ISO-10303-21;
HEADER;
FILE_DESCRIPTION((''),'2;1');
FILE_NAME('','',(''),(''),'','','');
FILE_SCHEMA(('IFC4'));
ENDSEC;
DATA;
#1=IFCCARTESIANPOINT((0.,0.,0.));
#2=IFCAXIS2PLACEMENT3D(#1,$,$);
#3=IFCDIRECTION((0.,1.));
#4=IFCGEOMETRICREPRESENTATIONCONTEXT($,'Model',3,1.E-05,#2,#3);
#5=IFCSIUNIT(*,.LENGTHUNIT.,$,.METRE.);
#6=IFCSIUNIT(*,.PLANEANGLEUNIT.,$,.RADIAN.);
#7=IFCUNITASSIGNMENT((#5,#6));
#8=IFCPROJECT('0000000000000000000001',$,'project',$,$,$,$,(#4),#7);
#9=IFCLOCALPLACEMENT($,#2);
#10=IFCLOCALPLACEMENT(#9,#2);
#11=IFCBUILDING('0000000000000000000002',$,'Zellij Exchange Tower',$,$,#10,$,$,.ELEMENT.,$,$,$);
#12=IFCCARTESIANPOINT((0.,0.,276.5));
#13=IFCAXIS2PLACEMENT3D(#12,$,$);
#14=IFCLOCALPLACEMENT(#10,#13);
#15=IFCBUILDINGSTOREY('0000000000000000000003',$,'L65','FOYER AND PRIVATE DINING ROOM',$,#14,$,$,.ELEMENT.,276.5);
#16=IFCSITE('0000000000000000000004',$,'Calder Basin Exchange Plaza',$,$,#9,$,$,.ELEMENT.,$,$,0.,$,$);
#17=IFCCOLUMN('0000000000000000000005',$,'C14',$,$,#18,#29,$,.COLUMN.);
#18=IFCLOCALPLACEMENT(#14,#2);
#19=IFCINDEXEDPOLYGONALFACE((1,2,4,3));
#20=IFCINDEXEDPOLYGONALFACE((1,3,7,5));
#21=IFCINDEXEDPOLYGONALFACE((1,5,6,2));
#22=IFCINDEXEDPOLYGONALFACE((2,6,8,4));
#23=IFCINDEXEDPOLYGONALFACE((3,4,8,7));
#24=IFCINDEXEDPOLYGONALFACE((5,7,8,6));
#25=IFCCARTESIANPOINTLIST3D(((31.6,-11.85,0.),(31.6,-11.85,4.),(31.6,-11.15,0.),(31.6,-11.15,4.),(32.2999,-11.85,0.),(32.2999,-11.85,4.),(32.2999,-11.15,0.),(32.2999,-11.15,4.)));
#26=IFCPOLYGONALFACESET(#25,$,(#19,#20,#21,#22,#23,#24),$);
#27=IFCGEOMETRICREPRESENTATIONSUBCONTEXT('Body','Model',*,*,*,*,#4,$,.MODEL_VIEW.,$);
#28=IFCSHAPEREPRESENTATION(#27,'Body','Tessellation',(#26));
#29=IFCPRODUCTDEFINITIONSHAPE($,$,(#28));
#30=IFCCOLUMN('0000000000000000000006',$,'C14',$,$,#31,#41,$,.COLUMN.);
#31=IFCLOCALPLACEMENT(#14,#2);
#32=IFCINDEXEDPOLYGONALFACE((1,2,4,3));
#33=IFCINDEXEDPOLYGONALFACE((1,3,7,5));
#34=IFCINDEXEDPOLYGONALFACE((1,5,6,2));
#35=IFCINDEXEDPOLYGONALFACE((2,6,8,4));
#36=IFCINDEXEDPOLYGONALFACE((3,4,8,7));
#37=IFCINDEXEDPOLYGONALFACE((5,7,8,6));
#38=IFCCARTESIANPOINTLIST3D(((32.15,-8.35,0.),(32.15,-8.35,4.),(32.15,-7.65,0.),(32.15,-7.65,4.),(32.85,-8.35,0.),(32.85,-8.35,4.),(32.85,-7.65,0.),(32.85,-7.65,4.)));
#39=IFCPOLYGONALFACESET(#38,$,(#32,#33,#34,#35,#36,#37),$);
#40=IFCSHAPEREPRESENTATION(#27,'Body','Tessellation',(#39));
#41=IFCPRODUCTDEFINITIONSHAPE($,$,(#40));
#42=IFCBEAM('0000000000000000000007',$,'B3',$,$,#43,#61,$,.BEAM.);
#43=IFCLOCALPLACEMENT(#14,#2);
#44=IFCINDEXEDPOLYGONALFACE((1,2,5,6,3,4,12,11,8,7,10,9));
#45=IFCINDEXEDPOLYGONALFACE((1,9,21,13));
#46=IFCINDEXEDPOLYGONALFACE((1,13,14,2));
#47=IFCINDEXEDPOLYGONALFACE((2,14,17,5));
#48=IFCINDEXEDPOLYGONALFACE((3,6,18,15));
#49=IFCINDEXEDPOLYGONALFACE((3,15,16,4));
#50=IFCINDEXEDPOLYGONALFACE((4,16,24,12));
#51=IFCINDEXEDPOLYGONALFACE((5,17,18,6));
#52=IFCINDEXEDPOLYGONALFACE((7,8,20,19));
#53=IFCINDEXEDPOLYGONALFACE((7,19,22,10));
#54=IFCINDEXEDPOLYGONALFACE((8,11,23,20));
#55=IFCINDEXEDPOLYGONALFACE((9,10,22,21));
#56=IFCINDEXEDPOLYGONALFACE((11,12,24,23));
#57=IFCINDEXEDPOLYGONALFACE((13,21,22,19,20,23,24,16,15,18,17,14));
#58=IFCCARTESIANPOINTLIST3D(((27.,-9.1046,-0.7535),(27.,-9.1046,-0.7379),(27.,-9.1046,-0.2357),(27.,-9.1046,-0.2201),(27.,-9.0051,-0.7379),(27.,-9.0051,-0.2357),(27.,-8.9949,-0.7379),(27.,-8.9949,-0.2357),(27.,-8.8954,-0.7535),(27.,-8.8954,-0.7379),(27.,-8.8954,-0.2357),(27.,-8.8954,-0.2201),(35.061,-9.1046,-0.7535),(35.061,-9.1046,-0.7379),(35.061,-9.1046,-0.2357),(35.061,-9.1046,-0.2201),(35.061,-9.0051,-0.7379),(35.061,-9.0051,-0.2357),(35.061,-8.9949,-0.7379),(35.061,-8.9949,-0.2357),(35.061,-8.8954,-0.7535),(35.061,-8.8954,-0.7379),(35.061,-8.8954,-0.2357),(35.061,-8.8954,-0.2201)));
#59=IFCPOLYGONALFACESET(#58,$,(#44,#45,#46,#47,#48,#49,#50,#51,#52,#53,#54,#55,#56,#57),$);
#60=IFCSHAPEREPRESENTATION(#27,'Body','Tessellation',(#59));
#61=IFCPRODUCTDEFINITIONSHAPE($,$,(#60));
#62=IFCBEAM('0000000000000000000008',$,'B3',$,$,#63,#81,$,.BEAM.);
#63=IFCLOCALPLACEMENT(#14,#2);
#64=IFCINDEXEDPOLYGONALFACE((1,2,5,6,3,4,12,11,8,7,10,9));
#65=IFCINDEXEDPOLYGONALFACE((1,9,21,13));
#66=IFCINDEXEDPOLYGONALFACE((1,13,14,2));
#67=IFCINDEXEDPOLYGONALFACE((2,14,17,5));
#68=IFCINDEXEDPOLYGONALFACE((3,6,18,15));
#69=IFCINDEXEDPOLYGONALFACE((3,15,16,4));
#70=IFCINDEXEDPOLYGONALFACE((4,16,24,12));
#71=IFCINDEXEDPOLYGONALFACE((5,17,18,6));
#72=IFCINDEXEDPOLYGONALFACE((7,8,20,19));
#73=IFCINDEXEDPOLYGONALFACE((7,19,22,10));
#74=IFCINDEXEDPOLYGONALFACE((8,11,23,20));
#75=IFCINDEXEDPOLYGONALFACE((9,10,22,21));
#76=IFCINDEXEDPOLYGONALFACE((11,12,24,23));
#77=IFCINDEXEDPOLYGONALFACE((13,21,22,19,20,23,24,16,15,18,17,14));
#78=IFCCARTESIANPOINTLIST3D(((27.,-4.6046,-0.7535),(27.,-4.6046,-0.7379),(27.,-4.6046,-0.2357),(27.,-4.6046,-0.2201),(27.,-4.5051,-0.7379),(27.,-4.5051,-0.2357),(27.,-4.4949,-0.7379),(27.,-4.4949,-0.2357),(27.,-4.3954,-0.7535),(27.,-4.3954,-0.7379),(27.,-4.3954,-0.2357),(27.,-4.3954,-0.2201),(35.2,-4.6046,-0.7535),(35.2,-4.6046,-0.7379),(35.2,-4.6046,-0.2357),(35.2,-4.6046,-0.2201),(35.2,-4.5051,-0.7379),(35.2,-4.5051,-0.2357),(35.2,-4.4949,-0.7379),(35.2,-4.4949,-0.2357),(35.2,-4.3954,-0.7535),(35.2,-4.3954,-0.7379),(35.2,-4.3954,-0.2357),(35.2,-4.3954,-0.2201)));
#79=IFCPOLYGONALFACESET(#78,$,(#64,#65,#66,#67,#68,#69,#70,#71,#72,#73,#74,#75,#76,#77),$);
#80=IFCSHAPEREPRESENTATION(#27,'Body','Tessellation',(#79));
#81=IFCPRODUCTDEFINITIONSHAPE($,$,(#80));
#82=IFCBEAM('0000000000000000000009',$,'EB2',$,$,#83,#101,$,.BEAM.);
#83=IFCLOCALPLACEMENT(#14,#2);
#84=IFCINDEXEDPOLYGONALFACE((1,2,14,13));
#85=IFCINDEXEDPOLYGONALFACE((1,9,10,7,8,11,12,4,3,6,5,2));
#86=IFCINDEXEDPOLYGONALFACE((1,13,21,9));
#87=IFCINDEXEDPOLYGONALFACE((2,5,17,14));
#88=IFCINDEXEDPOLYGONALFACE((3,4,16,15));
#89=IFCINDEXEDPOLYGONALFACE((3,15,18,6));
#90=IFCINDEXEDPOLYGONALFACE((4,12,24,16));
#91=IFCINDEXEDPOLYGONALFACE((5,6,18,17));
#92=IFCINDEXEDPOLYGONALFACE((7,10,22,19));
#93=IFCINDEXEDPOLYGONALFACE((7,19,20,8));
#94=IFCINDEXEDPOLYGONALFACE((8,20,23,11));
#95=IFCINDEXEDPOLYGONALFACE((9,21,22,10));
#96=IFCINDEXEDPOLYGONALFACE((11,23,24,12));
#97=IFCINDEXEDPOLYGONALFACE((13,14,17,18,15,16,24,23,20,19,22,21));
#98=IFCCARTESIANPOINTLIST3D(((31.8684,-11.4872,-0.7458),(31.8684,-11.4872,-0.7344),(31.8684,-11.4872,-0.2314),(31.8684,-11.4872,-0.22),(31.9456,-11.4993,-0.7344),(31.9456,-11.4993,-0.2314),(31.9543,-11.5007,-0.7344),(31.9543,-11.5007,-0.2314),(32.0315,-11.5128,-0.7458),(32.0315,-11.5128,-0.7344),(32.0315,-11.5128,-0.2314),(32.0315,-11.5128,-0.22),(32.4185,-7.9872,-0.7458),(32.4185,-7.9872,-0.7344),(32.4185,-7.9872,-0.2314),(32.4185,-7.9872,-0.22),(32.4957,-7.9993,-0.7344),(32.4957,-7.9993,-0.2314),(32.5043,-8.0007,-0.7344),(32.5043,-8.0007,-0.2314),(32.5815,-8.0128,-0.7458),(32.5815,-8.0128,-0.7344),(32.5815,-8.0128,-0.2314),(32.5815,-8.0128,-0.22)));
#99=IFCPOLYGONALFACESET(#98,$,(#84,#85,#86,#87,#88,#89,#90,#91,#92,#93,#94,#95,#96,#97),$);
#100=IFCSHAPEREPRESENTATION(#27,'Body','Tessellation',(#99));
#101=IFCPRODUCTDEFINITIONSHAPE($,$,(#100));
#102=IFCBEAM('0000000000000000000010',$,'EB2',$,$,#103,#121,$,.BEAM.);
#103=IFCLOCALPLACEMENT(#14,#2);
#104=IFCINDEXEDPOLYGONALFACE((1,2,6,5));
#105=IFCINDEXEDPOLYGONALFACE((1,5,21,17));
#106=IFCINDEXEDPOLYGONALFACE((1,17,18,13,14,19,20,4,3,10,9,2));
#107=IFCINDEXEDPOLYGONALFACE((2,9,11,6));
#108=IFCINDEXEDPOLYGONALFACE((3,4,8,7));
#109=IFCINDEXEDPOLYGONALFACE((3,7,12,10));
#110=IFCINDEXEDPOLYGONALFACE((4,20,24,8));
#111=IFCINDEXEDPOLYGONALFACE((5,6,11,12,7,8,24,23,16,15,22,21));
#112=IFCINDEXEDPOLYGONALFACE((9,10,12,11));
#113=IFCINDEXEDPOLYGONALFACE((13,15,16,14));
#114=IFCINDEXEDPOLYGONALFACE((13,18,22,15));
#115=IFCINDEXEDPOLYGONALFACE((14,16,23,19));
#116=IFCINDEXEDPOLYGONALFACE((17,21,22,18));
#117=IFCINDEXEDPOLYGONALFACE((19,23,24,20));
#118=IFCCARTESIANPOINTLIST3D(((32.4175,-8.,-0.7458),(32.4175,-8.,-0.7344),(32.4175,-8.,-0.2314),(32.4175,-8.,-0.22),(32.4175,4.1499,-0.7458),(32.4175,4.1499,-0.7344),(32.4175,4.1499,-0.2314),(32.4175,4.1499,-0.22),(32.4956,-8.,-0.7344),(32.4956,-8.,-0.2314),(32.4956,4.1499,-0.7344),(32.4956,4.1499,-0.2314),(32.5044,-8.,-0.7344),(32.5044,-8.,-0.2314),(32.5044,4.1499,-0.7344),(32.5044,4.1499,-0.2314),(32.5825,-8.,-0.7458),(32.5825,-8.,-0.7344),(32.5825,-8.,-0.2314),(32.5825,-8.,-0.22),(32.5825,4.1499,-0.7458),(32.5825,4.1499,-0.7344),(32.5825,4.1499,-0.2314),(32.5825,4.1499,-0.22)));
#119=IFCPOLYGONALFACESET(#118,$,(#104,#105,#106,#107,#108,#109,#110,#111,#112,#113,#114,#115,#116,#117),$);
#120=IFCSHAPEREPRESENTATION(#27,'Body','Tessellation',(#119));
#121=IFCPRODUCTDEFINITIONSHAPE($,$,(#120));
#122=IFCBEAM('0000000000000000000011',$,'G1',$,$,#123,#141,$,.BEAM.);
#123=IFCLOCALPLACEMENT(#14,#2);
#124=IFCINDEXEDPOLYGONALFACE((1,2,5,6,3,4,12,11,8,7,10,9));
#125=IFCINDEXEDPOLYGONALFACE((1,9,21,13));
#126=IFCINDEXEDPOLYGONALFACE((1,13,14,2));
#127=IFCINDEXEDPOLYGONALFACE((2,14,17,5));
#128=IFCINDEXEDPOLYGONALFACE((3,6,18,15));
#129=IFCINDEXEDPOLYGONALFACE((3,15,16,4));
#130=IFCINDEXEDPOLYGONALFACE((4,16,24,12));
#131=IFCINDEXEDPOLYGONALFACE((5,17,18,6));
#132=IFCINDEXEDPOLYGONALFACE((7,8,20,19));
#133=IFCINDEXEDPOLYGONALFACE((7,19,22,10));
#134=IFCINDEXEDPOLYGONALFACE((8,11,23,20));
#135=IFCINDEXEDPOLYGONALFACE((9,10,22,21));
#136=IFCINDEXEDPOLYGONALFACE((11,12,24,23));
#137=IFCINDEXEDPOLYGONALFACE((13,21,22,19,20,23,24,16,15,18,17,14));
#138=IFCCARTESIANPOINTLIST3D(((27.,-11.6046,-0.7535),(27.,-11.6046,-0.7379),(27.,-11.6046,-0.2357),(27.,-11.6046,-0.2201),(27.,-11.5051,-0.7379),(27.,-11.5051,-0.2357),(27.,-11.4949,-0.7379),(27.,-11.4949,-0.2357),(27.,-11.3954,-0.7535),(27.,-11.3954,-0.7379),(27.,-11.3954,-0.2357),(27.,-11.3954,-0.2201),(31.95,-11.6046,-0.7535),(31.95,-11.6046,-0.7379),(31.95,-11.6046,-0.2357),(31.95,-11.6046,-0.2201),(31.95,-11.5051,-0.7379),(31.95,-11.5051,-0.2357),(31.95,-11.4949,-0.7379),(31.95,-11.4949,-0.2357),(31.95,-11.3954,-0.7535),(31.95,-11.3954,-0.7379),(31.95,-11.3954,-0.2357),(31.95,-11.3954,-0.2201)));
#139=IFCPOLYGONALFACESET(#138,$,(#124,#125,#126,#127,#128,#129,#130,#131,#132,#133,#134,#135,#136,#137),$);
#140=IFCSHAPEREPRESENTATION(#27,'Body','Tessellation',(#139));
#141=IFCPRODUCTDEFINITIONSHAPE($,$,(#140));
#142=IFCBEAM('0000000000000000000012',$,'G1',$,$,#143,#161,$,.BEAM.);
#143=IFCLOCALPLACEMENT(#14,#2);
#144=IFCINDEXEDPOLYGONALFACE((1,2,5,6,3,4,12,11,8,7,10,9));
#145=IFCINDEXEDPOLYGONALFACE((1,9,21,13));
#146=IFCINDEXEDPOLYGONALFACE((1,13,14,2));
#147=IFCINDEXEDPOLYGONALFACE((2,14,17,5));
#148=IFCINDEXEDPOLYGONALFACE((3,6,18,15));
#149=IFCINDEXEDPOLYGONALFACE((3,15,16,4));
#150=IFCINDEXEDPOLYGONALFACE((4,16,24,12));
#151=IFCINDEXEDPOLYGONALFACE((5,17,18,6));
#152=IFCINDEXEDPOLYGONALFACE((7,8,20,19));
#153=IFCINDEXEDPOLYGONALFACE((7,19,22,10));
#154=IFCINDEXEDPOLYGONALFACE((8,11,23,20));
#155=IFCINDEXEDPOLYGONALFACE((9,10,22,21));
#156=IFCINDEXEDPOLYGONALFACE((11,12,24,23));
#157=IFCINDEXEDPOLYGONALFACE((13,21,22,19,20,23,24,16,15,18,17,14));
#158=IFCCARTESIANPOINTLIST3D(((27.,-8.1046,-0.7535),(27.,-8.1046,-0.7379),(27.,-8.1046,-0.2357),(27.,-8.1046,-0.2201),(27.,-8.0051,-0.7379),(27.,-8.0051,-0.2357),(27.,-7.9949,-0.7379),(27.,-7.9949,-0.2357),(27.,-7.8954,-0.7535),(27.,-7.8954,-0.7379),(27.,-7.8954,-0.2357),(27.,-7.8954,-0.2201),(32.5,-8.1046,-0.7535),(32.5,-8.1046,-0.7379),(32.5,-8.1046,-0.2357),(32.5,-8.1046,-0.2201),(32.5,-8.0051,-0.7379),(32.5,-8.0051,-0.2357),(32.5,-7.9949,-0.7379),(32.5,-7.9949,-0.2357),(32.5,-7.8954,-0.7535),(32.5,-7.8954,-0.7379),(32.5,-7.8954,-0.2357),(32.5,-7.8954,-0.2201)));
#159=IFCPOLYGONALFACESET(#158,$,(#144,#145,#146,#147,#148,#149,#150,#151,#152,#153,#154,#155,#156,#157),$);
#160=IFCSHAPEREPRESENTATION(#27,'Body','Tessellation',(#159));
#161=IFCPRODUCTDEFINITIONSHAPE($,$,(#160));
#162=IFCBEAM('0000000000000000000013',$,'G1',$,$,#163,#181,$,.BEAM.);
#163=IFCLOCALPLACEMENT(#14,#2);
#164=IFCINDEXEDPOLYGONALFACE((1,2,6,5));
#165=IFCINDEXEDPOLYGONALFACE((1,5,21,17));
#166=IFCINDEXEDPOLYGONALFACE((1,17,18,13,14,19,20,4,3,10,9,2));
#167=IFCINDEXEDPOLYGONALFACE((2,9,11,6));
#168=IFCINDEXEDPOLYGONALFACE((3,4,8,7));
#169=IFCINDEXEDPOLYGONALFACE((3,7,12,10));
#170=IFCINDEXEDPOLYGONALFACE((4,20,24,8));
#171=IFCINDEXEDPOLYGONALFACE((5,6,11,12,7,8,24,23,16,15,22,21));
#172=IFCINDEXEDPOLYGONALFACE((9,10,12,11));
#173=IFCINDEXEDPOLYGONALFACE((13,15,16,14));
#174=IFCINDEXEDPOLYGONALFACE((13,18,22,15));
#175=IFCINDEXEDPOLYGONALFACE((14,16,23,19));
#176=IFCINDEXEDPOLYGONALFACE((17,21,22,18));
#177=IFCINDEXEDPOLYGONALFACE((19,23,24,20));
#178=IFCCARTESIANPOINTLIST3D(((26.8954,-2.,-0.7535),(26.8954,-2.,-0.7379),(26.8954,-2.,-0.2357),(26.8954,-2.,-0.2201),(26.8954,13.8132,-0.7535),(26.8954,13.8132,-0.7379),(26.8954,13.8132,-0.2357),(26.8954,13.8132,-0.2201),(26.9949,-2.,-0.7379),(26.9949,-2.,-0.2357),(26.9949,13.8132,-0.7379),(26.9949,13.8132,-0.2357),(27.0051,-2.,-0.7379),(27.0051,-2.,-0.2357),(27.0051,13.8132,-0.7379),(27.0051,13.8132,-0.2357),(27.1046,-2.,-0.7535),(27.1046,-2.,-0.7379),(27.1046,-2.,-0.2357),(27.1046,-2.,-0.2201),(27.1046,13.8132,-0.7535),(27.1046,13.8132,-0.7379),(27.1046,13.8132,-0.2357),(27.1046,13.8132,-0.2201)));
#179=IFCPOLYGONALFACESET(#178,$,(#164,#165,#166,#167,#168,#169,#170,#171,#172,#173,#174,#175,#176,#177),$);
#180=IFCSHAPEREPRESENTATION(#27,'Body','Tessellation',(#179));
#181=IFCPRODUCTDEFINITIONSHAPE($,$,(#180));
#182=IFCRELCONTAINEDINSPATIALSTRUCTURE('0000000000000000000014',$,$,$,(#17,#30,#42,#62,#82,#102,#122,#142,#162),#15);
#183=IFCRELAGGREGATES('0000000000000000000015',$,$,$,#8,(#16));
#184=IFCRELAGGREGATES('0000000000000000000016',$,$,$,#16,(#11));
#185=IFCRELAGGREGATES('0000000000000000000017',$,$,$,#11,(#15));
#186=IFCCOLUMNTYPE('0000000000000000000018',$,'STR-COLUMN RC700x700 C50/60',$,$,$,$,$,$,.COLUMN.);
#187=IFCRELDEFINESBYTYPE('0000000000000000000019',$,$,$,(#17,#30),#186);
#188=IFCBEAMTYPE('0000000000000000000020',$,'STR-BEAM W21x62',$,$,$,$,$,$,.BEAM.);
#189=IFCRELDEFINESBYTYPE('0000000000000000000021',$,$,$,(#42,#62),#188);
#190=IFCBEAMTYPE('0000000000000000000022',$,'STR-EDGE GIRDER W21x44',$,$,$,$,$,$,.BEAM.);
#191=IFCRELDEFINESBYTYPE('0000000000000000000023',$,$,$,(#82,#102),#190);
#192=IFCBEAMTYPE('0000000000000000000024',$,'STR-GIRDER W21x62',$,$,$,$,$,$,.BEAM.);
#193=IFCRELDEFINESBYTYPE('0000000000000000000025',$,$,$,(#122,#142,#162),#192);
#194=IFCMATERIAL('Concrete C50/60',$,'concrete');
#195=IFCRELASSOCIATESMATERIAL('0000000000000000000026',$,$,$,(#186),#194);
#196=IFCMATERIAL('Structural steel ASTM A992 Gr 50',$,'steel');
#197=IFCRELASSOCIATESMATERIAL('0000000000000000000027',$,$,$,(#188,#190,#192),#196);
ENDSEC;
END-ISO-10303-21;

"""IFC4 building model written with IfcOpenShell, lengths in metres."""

from ifc_helpers import new_model, si_unit, direction, frame, origin, origin_2d, place, context, subcontext, project, spatial, rectangle, i_section, extrude, material, material_profile, profile_set, type_object, element, save


model = new_model("IFC4")

# Units and contexts
model_context = context("Model", 3, precision=1e-05, world=origin(), true_north=direction((0.0, 1.0)))
body_context = subcontext(model_context, "Body", "Model", "MODEL_VIEW")
ifc_project = project(units=[si_unit("LENGTHUNIT", "METRE"), si_unit("PLANEANGLEUNIT", "RADIAN")], contexts=[model_context])

# Site, building, storey
site_placement = place(None, origin())
site = spatial("IfcSite", under=ifc_project, at=site_placement, Name="Calder Basin Exchange Plaza", CompositionType="ELEMENT", RefElevation=0.0)
building_placement = place(site_placement, origin())
building = spatial("IfcBuilding", under=site, at=building_placement, Name="Zellij Exchange Tower", CompositionType="ELEMENT")
storey_placement = place(building_placement, frame((0.0, 0.0, 276.5)))
storey = spatial("IfcBuildingStorey", under=building, at=storey_placement, Name="L65", Description="FOYER AND PRIVATE DINING ROOM", CompositionType="ELEMENT", Elevation=276.5)

# Columns
ifc_material_1 = material(Name="Concrete C50/60", Category="concrete")
ifc_material_profile_1 = material_profile(ifc_material_1, rectangle(XDim=0.7, YDim=0.7, at=origin_2d()), Name="STR-COLUMN RC700x700 C50/60")
ifc_profile_set_1 = profile_set([ifc_material_profile_1], Name="Concrete C50/60")
column_type = type_object("IfcColumnType", Name="STR-COLUMN RC700x700 C50/60", PredefinedType="COLUMN", material=ifc_profile_set_1)
for number, where, z_axis, x_axis, name in (
    (1, (31.95, -11.5, 0.0), (0.0, 0.0, 1.0), (1.0, 0.0, 0.0), "C14"),
    (2, (32.5, -8.0, 0.0), (0.0, 0.0, 1.0), (1.0, 0.0, 0.0), "C14"),
):
    element("IfcColumn", number, at=place(storey_placement, frame(where, z_axis=z_axis, x_axis=x_axis)), inside=storey, type_object=column_type, Name=name, PredefinedType="COLUMN", context=body_context, shape_type="SweptSolid", body=[
        extrude(rectangle(XDim=0.7, YDim=0.7, at=origin_2d()), origin(), (0.0, 0.0, 1.0), 4.0),
    ])

# Beams
ifc_material_2 = material(Name="Structural steel ASTM A992 Gr 50", Category="steel")
ifc_material_profile_2 = material_profile(ifc_material_2, i_section(OverallWidth=0.2092, OverallDepth=0.5334, WebThickness=0.0103, FlangeThickness=0.0156, at=origin_2d()), Name="W21x62")
ifc_profile_set_2 = profile_set([ifc_material_profile_2], Name="Structural steel ASTM A992 Gr 50")
beam_type_1 = type_object("IfcBeamType", Name="STR-BEAM W21x62", PredefinedType="BEAM", material=ifc_profile_set_2)
beam_1_placement = place(storey_placement, frame((27.0, -9.0, -0.4868), z_axis=(1.0, 0.0, 0.0), x_axis=(0.0, 1.0, 0.0)))
element("IfcBeam", 3, at=beam_1_placement, inside=storey, type_object=beam_type_1, Name="B3", PredefinedType="BEAM", context=body_context, shape_type="SweptSolid", body=[
    extrude(i_section(OverallWidth=0.2092, OverallDepth=0.5334, WebThickness=0.0103, FlangeThickness=0.0156, at=origin_2d()), origin(), (0.0, 0.0, 1.0), 8.061),
])
beam_2_placement = place(storey_placement, frame((27.0, -4.5, -0.4868), z_axis=(1.0, 0.0, 0.0), x_axis=(0.0, 1.0, 0.0)))
element("IfcBeam", 4, at=beam_2_placement, inside=storey, type_object=beam_type_1, Name="B3", PredefinedType="BEAM", context=body_context, shape_type="SweptSolid", body=[
    extrude(i_section(OverallWidth=0.2092, OverallDepth=0.5334, WebThickness=0.0103, FlangeThickness=0.0156, at=origin_2d()), origin(), (0.0, 0.0, 1.0), 8.2),
])
ifc_material_profile_3 = material_profile(ifc_material_2, i_section(OverallWidth=0.165, OverallDepth=0.5259, WebThickness=0.0088, FlangeThickness=0.0115, at=origin_2d()), Name="W21x44")
ifc_profile_set_3 = profile_set([ifc_material_profile_3], Name="Structural steel ASTM A992 Gr 50")
beam_type_2 = type_object("IfcBeamType", Name="STR-EDGE GIRDER W21x44", PredefinedType="BEAM", material=ifc_profile_set_3)
beam_3_placement = place(storey_placement, frame((31.95, -11.5, -0.4829), z_axis=(0.155251, 0.987875, 0.0), x_axis=(-0.987875, 0.155251, 0.0)))
element("IfcBeam", 5, at=beam_3_placement, inside=storey, type_object=beam_type_2, Name="EB2", PredefinedType="BEAM", context=body_context, shape_type="SweptSolid", body=[
    extrude(i_section(OverallWidth=0.165, OverallDepth=0.5259, WebThickness=0.0088, FlangeThickness=0.0115, at=origin_2d()), origin(), (0.0, 0.0, 1.0), 3.543),
])
beam_4_placement = place(storey_placement, frame((32.5, -8.0, -0.4829), z_axis=(0.0, 1.0, 0.0), x_axis=(-1.0, 0.0, 0.0)))
element("IfcBeam", 6, at=beam_4_placement, inside=storey, type_object=beam_type_2, Name="EB2", PredefinedType="BEAM", context=body_context, shape_type="SweptSolid", body=[
    extrude(i_section(OverallWidth=0.165, OverallDepth=0.5259, WebThickness=0.0088, FlangeThickness=0.0115, at=origin_2d()), origin(), (0.0, 0.0, 1.0), 12.1499),
])
ifc_material_profile_4 = material_profile(ifc_material_2, i_section(OverallWidth=0.2092, OverallDepth=0.5334, WebThickness=0.0103, FlangeThickness=0.0156, at=origin_2d()), Name="W21x62")
ifc_profile_set_4 = profile_set([ifc_material_profile_4], Name="Structural steel ASTM A992 Gr 50")
beam_type_3 = type_object("IfcBeamType", Name="STR-GIRDER W21x62", PredefinedType="BEAM", material=ifc_profile_set_4)
beam_5_placement = place(storey_placement, frame((27.0, -11.5, -0.4868), z_axis=(1.0, 0.0, 0.0), x_axis=(0.0, 1.0, 0.0)))
element("IfcBeam", 7, at=beam_5_placement, inside=storey, type_object=beam_type_3, Name="G1", PredefinedType="BEAM", context=body_context, shape_type="SweptSolid", body=[
    extrude(i_section(OverallWidth=0.2092, OverallDepth=0.5334, WebThickness=0.0103, FlangeThickness=0.0156, at=origin_2d()), origin(), (0.0, 0.0, 1.0), 4.95),
])
beam_6_placement = place(storey_placement, frame((27.0, -8.0, -0.4868), z_axis=(1.0, 0.0, 0.0), x_axis=(0.0, 1.0, 0.0)))
element("IfcBeam", 8, at=beam_6_placement, inside=storey, type_object=beam_type_3, Name="G1", PredefinedType="BEAM", context=body_context, shape_type="SweptSolid", body=[
    extrude(i_section(OverallWidth=0.2092, OverallDepth=0.5334, WebThickness=0.0103, FlangeThickness=0.0156, at=origin_2d()), origin(), (0.0, 0.0, 1.0), 5.5),
])
beam_7_placement = place(storey_placement, frame((27.0, -2.0, -0.4868), z_axis=(0.0, 1.0, 0.0), x_axis=(-1.0, 0.0, 0.0)))
element("IfcBeam", 9, at=beam_7_placement, inside=storey, type_object=beam_type_3, Name="G1", PredefinedType="BEAM", context=body_context, shape_type="SweptSolid", body=[
    extrude(i_section(OverallWidth=0.2092, OverallDepth=0.5334, WebThickness=0.0103, FlangeThickness=0.0156, at=origin_2d()), origin(), (0.0, 0.0, 1.0), 15.8132),
])

save(model, "model.ifc")
